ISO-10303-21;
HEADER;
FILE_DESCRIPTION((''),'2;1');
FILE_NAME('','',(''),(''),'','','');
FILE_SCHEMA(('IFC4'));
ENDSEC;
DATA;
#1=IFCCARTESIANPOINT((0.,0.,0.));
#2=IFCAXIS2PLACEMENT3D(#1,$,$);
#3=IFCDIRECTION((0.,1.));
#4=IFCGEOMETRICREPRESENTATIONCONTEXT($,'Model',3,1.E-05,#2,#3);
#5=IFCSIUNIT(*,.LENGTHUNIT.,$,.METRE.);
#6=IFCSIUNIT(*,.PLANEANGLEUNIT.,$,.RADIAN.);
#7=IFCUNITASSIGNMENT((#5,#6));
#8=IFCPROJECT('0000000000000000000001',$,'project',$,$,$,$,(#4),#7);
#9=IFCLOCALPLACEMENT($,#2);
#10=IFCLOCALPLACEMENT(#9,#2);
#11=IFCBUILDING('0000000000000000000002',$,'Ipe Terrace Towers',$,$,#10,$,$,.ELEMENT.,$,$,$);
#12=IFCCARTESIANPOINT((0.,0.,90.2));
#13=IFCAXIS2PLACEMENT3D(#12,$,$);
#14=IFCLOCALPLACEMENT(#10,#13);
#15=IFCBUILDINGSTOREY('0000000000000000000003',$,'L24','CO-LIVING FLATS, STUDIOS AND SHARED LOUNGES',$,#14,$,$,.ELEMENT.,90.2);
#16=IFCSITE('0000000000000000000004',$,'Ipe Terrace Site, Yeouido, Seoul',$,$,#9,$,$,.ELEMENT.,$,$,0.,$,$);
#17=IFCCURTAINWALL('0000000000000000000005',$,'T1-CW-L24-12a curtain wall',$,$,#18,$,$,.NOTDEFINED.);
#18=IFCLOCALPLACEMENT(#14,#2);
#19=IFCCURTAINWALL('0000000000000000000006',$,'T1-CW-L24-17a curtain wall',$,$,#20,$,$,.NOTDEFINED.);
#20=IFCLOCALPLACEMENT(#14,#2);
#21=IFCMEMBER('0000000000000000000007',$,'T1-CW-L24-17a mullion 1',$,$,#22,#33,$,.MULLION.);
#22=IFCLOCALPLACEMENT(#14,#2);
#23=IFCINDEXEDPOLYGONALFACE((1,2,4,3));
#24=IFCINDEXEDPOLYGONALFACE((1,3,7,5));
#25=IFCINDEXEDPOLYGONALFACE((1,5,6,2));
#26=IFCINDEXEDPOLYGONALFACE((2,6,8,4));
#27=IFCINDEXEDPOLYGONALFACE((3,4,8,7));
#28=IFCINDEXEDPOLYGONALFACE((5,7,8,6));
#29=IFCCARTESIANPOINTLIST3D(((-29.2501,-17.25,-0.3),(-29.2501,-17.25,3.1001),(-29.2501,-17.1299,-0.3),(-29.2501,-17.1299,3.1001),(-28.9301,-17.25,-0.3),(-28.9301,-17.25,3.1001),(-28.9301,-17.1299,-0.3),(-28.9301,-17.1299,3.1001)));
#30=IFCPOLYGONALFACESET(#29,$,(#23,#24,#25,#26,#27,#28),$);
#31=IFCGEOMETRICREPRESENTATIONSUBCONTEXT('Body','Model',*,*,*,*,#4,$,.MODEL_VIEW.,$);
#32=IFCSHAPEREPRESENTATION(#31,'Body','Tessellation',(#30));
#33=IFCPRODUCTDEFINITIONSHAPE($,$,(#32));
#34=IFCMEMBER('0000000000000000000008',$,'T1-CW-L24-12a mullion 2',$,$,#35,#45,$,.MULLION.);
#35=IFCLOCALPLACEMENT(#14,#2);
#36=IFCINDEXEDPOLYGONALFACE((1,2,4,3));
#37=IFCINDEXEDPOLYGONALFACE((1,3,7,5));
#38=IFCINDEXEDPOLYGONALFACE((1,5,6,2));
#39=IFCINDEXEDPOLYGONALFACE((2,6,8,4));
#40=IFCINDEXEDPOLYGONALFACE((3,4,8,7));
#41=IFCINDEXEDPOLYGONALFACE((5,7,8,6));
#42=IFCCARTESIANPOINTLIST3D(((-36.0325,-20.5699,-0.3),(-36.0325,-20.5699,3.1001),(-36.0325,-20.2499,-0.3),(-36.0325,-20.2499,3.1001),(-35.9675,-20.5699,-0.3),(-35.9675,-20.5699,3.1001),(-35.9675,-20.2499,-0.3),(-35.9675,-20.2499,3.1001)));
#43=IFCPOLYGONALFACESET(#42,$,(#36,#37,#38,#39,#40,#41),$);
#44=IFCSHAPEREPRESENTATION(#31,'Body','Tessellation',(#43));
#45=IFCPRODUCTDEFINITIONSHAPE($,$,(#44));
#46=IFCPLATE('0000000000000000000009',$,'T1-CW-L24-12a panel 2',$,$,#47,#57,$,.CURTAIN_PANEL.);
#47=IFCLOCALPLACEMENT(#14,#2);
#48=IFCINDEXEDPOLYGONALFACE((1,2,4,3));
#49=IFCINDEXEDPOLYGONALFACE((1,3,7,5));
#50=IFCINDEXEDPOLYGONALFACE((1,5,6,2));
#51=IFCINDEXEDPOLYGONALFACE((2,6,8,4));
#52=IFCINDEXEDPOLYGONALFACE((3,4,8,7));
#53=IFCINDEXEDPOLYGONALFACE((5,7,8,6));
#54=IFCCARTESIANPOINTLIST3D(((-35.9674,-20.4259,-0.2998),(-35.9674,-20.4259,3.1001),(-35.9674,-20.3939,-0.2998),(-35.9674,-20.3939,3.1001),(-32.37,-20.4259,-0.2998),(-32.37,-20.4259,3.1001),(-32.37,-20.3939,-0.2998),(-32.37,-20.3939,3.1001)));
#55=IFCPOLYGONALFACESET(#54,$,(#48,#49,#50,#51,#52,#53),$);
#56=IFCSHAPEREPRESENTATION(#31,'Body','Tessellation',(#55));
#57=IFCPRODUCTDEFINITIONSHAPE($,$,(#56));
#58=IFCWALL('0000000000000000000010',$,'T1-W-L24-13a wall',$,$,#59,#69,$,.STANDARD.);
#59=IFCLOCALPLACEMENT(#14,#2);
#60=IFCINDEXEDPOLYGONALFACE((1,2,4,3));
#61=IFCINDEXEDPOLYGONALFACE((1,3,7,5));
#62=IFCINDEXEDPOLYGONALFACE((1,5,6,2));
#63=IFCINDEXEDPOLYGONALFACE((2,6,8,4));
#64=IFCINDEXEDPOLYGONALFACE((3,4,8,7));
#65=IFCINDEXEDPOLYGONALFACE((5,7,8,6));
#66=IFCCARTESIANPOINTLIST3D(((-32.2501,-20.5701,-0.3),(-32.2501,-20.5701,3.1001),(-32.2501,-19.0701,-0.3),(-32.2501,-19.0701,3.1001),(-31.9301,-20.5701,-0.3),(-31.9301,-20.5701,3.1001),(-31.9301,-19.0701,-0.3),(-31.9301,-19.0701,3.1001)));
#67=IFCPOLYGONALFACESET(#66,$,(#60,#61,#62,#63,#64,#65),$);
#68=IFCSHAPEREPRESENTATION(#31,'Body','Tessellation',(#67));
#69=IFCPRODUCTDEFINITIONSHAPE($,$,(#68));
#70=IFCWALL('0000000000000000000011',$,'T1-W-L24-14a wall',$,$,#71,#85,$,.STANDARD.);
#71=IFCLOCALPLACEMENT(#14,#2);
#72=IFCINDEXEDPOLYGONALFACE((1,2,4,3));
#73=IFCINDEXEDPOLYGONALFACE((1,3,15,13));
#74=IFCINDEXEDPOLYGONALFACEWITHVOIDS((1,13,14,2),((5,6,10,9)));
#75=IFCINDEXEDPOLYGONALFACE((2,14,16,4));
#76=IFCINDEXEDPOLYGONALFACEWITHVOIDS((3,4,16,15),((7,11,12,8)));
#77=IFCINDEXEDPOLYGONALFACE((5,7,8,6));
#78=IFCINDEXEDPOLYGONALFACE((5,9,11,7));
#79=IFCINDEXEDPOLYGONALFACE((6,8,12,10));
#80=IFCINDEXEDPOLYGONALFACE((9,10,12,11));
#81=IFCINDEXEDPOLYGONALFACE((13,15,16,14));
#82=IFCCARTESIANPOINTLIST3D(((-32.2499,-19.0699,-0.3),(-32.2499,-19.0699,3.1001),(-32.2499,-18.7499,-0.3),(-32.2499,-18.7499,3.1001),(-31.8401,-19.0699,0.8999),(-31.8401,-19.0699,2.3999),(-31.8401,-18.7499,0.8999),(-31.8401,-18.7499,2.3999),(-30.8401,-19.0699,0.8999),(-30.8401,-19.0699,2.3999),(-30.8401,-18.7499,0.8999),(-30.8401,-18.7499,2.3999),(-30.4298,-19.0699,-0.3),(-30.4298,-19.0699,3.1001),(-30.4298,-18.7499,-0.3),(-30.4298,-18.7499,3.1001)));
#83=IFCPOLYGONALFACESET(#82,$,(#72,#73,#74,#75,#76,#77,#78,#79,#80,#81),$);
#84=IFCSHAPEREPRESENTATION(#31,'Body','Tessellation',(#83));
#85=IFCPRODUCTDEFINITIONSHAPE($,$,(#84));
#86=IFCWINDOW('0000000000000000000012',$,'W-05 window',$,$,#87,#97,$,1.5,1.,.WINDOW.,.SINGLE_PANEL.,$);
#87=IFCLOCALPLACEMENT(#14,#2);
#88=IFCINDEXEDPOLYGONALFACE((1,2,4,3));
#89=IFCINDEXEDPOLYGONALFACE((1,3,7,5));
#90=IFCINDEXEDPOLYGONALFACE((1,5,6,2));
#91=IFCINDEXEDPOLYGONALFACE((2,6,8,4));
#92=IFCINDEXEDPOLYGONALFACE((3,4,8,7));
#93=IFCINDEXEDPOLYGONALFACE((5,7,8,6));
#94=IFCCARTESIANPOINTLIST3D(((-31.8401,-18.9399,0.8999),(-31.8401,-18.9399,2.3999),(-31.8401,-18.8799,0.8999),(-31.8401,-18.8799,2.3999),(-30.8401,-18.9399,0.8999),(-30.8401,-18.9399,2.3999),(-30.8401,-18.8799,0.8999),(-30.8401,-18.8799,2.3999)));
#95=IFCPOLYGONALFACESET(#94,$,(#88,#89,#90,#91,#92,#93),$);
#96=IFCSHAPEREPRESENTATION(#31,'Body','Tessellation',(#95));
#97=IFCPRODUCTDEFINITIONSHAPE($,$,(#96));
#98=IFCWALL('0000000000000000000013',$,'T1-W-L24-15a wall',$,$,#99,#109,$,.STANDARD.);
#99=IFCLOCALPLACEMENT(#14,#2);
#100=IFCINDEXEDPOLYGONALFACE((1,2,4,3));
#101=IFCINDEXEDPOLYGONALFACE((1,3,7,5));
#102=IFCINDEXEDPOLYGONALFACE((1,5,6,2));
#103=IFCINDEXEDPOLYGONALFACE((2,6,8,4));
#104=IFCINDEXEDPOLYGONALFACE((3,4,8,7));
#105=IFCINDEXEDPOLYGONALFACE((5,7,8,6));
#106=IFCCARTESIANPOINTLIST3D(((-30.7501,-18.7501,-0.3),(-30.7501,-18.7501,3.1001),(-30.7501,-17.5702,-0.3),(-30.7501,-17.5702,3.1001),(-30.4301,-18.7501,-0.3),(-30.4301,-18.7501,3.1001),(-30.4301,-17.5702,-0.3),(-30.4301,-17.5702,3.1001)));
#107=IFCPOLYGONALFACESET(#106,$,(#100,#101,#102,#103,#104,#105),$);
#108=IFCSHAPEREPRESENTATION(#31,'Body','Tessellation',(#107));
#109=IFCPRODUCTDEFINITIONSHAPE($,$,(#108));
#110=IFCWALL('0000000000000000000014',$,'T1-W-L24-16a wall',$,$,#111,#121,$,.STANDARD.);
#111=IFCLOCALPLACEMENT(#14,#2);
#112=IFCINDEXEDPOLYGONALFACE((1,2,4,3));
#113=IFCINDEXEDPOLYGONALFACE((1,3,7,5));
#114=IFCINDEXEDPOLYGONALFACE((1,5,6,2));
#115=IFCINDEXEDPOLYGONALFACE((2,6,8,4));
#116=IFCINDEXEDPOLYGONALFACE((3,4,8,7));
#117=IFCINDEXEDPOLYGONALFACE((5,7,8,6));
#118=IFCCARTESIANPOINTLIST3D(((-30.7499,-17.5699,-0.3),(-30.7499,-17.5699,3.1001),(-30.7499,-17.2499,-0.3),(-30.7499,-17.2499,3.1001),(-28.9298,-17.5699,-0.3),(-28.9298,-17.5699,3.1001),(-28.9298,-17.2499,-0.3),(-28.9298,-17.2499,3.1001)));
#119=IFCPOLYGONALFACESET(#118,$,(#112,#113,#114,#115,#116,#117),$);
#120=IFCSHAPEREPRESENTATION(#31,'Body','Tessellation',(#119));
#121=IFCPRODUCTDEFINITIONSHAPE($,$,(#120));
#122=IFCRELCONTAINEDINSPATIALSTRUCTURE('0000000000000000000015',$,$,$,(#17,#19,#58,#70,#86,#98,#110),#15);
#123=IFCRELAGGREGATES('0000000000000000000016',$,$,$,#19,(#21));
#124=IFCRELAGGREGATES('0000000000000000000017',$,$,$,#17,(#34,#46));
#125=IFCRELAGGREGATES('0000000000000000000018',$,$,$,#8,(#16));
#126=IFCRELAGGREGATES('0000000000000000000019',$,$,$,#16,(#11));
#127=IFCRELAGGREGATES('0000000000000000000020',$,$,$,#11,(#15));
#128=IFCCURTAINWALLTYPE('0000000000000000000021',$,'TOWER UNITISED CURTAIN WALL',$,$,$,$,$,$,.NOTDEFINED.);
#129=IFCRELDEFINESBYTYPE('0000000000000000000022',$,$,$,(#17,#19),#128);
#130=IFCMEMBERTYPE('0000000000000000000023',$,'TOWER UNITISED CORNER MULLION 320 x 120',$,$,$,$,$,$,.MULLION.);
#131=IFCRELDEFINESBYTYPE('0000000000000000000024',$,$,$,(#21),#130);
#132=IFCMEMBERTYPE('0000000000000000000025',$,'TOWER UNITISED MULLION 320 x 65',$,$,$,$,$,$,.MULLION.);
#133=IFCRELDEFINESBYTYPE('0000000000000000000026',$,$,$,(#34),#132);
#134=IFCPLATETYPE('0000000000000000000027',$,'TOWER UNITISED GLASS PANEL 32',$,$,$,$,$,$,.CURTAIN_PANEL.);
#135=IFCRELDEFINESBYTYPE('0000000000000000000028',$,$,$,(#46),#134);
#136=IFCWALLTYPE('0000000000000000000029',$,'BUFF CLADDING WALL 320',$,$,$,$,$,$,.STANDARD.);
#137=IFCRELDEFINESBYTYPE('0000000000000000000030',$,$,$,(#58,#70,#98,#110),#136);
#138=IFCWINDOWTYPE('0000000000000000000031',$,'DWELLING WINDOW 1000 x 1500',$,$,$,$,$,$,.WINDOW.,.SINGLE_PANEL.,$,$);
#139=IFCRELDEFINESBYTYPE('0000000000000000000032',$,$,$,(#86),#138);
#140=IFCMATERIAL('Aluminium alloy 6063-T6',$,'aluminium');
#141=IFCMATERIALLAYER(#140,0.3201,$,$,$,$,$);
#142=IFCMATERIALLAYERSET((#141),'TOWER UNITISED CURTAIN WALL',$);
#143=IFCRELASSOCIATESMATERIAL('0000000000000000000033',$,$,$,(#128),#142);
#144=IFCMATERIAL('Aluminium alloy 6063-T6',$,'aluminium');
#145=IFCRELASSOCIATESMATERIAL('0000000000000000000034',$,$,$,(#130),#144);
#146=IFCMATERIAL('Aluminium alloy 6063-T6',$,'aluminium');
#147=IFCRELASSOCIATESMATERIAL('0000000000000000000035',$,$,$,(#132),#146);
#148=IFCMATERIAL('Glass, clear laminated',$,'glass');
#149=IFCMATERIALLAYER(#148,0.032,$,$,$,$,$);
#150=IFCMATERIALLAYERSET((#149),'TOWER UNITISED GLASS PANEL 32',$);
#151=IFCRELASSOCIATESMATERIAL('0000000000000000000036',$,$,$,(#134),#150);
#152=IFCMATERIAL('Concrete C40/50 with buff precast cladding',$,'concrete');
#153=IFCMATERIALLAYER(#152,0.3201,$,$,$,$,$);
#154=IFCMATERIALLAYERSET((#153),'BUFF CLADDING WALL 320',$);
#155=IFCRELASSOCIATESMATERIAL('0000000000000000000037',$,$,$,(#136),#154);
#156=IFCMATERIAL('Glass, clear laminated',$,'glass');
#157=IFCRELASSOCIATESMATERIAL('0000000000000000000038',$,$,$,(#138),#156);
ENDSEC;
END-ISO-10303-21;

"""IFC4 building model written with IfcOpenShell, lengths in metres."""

from ifc_helpers import new_model, si_unit, direction, frame, frame_2d, origin, origin_2d, place, context, subcontext, project, spatial, rectangle, extrude, material, layer, layer_set, material_profile, profile_set, type_object, element, fill, aggregate, save


model = new_model("IFC4")

# Units and contexts
model_context = context("Model", 3, precision=1e-05, world=origin(), true_north=direction((0.0, 1.0)))
body_context = subcontext(model_context, "Body", "Model", "MODEL_VIEW")
ifc_project = project(units=[si_unit("LENGTHUNIT", "METRE"), si_unit("PLANEANGLEUNIT", "RADIAN")], contexts=[model_context])

# Site, building, storey
site_placement = place(None, origin())
site = spatial("IfcSite", under=ifc_project, at=site_placement, Name="Ipe Terrace Site, Yeouido, Seoul", CompositionType="ELEMENT", RefElevation=0.0)
building_placement = place(site_placement, origin())
building = spatial("IfcBuilding", under=site, at=building_placement, Name="Ipe Terrace Towers", CompositionType="ELEMENT")
storey_placement = place(building_placement, frame((0.0, 0.0, 90.2)))
storey = spatial("IfcBuildingStorey", under=building, at=storey_placement, Name="L24", Description="CO-LIVING FLATS, STUDIOS AND SHARED LOUNGES", CompositionType="ELEMENT", Elevation=90.2)

# Curtain walls, member
ifc_material_1 = material(Name="Aluminium alloy 6063-T6", Category="aluminium")
ifc_layer_1 = layer(ifc_material_1, 0.3201)
ifc_layer_set_1 = layer_set([ifc_layer_1], Name="TOWER UNITISED CURTAIN WALL")
curtain_wall_type = type_object("IfcCurtainWallType", Name="TOWER UNITISED CURTAIN WALL", PredefinedType="NOTDEFINED", material=ifc_layer_set_1)
curtain_wall_1_placement = place(storey_placement, origin())
curtain_wall_1 = element("IfcCurtainWall", 1, at=curtain_wall_1_placement, inside=storey, type_object=curtain_wall_type, Name="T1-CW-L24-12a curtain wall", PredefinedType="NOTDEFINED")
ifc_material_2 = material(Name="Aluminium alloy 6063-T6", Category="aluminium")
ifc_material_profile_1 = material_profile(ifc_material_2, rectangle(XDim=0.3201, YDim=0.1201, at=origin_2d()), Name="TOWER UNITISED CORNER MULLION 320 x 120")
ifc_profile_set_1 = profile_set([ifc_material_profile_1], Name="Aluminium alloy 6063-T6")
member_type_1 = type_object("IfcMemberType", Name="TOWER UNITISED CORNER MULLION 320 x 120", PredefinedType="MULLION", material=ifc_profile_set_1)
curtain_wall_2_placement = place(storey_placement, origin())
curtain_wall_2 = element("IfcCurtainWall", 2, at=curtain_wall_2_placement, inside=storey, type_object=curtain_wall_type, Name="T1-CW-L24-17a curtain wall", PredefinedType="NOTDEFINED")
member_1_placement = place(storey_placement, frame((-29.0901, -17.1899, -0.3), z_axis=(0.0, 0.0, 1.0), x_axis=(1.0, 0.0, 0.0)))
member_1 = element("IfcMember", 3, at=member_1_placement, type_object=member_type_1, Name="T1-CW-L24-17a mullion 1", PredefinedType="MULLION", context=body_context, shape_type="SweptSolid", body=[
    extrude(rectangle(XDim=0.3201, YDim=0.1201, at=origin_2d()), origin(), (0.0, 0.0, 1.0), 3.4001),
])
aggregate(curtain_wall_2, [member_1])

# Member
ifc_material_3 = material(Name="Aluminium alloy 6063-T6", Category="aluminium")
ifc_material_profile_2 = material_profile(ifc_material_3, rectangle(XDim=0.3201, YDim=0.0649, at=origin_2d()), Name="TOWER UNITISED MULLION 320 x 65")
ifc_profile_set_2 = profile_set([ifc_material_profile_2], Name="Aluminium alloy 6063-T6")
member_type_2 = type_object("IfcMemberType", Name="TOWER UNITISED MULLION 320 x 65", PredefinedType="MULLION", material=ifc_profile_set_2)
member_2_placement = place(storey_placement, frame((-36.0, -20.4099, -0.3), z_axis=(0.0, 0.0, 1.0), x_axis=(0.0, -1.0, 0.0)))
member_2 = element("IfcMember", 4, at=member_2_placement, type_object=member_type_2, Name="T1-CW-L24-12a mullion 2", PredefinedType="MULLION", context=body_context, shape_type="SweptSolid", body=[
    extrude(rectangle(XDim=0.3201, YDim=0.0649, at=origin_2d()), origin(), (0.0, 0.0, 1.0), 3.4001),
])

# Plate
ifc_material_4 = material(Name="Glass, clear laminated", Category="glass")
ifc_layer_2 = layer(ifc_material_4, 0.032)
ifc_layer_set_2 = layer_set([ifc_layer_2], Name="TOWER UNITISED GLASS PANEL 32")
plate_type = type_object("IfcPlateType", Name="TOWER UNITISED GLASS PANEL 32", PredefinedType="CURTAIN_PANEL", material=ifc_layer_set_2)
plate_placement = place(storey_placement, frame((-34.1687, -20.4099, -0.2998), z_axis=(0.0, 0.0, 1.0), x_axis=(1.0, 0.0, 0.0)))
plate = element("IfcPlate", 5, at=plate_placement, type_object=plate_type, Name="T1-CW-L24-12a panel 2", PredefinedType="CURTAIN_PANEL", context=body_context, shape_type="SweptSolid", body=[
    extrude(rectangle(XDim=3.5974, YDim=0.032, at=origin_2d()), origin(), (0.0, 0.0, 1.0), 3.3999),
])
aggregate(curtain_wall_1, [member_2, plate])

# Wall
ifc_material_5 = material(Name="Concrete C40/50 with buff precast cladding", Category="concrete")
ifc_layer_3 = layer(ifc_material_5, 0.3201)
ifc_layer_set_3 = layer_set([ifc_layer_3], Name="BUFF CLADDING WALL 320")
wall_type_1 = type_object("IfcWallType", Name="BUFF CLADDING WALL 320", PredefinedType="STANDARD", material=ifc_layer_set_3)
wall_1_placement = place(storey_placement, frame((-32.0901, -20.5701, -0.3), z_axis=(0.0, 0.0, 1.0), x_axis=(0.0, 1.0, 0.0)))
element("IfcWall", 6, at=wall_1_placement, inside=storey, type_object=wall_type_1, Name="T1-W-L24-13a wall", PredefinedType="STANDARD", context=body_context, shape_type="SweptSolid", body=[
    extrude(rectangle(XDim=1.5, YDim=0.3201, at=frame_2d((0.75, 0.0))), origin(), (0.0, 0.0, 1.0), 3.4001),
])

# Wall, opening, window
wall_2_placement = place(storey_placement, frame((-32.25, -18.9099, -0.3), z_axis=(0.0, 0.0, 1.0), x_axis=(1.0, 0.0, 0.0)))
wall_2 = element("IfcWall", 7, at=wall_2_placement, inside=storey, type_object=wall_type_1, Name="T1-W-L24-14a wall", PredefinedType="STANDARD", context=body_context, shape_type="SweptSolid", body=[
    extrude(rectangle(XDim=1.8201, YDim=0.3201, at=frame_2d((0.9102, 0.0))), origin(), (0.0, 0.0, 1.0), 3.4001),
])
opening_1_placement = place(wall_2_placement, frame((0.4099, 0.0, 1.2)))
opening_1 = element("IfcOpeningElement", 8, at=opening_1_placement, cuts=wall_2, PredefinedType="OPENING", context=body_context, shape_type="SweptSolid", body=[
    extrude(rectangle(XDim=1.0, YDim=1.5, at=frame_2d((0.5, 0.75))), frame((0.0, 0.1699, 0.0), z_axis=(0.0, -1.0, 0.0), x_axis=(1.0, 0.0, 0.0)), (0.0, 0.0, 1.0), 0.3401),
])
ifc_material_6 = material(Name="Glass, clear laminated", Category="glass")
window_type = type_object("IfcWindowType", Name="DWELLING WINDOW 1000 x 1500", PartitioningType="SINGLE_PANEL", PredefinedType="WINDOW", material=ifc_material_6)
window_placement = place(opening_1_placement, origin())
window = element("IfcWindow", 9, at=window_placement, inside=storey, type_object=window_type, Name="W-05 window", OverallHeight=1.5, OverallWidth=1.0, PartitioningType="SINGLE_PANEL", PredefinedType="WINDOW", context=body_context, shape_type="SweptSolid", body=[
    extrude(rectangle(XDim=1.0, YDim=1.5, at=frame_2d((0.5, 0.75))), frame((0.0, 0.03, 0.0), z_axis=(0.0, -1.0, 0.0), x_axis=(1.0, 0.0, 0.0)), (0.0, 0.0, 1.0), 0.0601),
])
fill(opening_1, window)

# Walls
wall_3_placement = place(storey_placement, frame((-30.5901, -18.75, -0.3), z_axis=(0.0, 0.0, 1.0), x_axis=(0.0, 1.0, 0.0)))
element("IfcWall", 10, at=wall_3_placement, inside=storey, type_object=wall_type_1, Name="T1-W-L24-15a wall", PredefinedType="STANDARD", context=body_context, shape_type="SweptSolid", body=[
    extrude(rectangle(XDim=1.1799, YDim=0.3201, at=frame_2d((0.5898, 0.0))), origin(), (0.0, 0.0, 1.0), 3.4001),
])
wall_4_placement = place(storey_placement, frame((-30.75, -17.4099, -0.3), z_axis=(0.0, 0.0, 1.0), x_axis=(1.0, 0.0, 0.0)))
element("IfcWall", 11, at=wall_4_placement, inside=storey, type_object=wall_type_1, Name="T1-W-L24-16a wall", PredefinedType="STANDARD", context=body_context, shape_type="SweptSolid", body=[
    extrude(rectangle(XDim=1.8201, YDim=0.3201, at=frame_2d((0.9102, 0.0))), origin(), (0.0, 0.0, 1.0), 3.4001),
])

save(model, "model.ifc")
